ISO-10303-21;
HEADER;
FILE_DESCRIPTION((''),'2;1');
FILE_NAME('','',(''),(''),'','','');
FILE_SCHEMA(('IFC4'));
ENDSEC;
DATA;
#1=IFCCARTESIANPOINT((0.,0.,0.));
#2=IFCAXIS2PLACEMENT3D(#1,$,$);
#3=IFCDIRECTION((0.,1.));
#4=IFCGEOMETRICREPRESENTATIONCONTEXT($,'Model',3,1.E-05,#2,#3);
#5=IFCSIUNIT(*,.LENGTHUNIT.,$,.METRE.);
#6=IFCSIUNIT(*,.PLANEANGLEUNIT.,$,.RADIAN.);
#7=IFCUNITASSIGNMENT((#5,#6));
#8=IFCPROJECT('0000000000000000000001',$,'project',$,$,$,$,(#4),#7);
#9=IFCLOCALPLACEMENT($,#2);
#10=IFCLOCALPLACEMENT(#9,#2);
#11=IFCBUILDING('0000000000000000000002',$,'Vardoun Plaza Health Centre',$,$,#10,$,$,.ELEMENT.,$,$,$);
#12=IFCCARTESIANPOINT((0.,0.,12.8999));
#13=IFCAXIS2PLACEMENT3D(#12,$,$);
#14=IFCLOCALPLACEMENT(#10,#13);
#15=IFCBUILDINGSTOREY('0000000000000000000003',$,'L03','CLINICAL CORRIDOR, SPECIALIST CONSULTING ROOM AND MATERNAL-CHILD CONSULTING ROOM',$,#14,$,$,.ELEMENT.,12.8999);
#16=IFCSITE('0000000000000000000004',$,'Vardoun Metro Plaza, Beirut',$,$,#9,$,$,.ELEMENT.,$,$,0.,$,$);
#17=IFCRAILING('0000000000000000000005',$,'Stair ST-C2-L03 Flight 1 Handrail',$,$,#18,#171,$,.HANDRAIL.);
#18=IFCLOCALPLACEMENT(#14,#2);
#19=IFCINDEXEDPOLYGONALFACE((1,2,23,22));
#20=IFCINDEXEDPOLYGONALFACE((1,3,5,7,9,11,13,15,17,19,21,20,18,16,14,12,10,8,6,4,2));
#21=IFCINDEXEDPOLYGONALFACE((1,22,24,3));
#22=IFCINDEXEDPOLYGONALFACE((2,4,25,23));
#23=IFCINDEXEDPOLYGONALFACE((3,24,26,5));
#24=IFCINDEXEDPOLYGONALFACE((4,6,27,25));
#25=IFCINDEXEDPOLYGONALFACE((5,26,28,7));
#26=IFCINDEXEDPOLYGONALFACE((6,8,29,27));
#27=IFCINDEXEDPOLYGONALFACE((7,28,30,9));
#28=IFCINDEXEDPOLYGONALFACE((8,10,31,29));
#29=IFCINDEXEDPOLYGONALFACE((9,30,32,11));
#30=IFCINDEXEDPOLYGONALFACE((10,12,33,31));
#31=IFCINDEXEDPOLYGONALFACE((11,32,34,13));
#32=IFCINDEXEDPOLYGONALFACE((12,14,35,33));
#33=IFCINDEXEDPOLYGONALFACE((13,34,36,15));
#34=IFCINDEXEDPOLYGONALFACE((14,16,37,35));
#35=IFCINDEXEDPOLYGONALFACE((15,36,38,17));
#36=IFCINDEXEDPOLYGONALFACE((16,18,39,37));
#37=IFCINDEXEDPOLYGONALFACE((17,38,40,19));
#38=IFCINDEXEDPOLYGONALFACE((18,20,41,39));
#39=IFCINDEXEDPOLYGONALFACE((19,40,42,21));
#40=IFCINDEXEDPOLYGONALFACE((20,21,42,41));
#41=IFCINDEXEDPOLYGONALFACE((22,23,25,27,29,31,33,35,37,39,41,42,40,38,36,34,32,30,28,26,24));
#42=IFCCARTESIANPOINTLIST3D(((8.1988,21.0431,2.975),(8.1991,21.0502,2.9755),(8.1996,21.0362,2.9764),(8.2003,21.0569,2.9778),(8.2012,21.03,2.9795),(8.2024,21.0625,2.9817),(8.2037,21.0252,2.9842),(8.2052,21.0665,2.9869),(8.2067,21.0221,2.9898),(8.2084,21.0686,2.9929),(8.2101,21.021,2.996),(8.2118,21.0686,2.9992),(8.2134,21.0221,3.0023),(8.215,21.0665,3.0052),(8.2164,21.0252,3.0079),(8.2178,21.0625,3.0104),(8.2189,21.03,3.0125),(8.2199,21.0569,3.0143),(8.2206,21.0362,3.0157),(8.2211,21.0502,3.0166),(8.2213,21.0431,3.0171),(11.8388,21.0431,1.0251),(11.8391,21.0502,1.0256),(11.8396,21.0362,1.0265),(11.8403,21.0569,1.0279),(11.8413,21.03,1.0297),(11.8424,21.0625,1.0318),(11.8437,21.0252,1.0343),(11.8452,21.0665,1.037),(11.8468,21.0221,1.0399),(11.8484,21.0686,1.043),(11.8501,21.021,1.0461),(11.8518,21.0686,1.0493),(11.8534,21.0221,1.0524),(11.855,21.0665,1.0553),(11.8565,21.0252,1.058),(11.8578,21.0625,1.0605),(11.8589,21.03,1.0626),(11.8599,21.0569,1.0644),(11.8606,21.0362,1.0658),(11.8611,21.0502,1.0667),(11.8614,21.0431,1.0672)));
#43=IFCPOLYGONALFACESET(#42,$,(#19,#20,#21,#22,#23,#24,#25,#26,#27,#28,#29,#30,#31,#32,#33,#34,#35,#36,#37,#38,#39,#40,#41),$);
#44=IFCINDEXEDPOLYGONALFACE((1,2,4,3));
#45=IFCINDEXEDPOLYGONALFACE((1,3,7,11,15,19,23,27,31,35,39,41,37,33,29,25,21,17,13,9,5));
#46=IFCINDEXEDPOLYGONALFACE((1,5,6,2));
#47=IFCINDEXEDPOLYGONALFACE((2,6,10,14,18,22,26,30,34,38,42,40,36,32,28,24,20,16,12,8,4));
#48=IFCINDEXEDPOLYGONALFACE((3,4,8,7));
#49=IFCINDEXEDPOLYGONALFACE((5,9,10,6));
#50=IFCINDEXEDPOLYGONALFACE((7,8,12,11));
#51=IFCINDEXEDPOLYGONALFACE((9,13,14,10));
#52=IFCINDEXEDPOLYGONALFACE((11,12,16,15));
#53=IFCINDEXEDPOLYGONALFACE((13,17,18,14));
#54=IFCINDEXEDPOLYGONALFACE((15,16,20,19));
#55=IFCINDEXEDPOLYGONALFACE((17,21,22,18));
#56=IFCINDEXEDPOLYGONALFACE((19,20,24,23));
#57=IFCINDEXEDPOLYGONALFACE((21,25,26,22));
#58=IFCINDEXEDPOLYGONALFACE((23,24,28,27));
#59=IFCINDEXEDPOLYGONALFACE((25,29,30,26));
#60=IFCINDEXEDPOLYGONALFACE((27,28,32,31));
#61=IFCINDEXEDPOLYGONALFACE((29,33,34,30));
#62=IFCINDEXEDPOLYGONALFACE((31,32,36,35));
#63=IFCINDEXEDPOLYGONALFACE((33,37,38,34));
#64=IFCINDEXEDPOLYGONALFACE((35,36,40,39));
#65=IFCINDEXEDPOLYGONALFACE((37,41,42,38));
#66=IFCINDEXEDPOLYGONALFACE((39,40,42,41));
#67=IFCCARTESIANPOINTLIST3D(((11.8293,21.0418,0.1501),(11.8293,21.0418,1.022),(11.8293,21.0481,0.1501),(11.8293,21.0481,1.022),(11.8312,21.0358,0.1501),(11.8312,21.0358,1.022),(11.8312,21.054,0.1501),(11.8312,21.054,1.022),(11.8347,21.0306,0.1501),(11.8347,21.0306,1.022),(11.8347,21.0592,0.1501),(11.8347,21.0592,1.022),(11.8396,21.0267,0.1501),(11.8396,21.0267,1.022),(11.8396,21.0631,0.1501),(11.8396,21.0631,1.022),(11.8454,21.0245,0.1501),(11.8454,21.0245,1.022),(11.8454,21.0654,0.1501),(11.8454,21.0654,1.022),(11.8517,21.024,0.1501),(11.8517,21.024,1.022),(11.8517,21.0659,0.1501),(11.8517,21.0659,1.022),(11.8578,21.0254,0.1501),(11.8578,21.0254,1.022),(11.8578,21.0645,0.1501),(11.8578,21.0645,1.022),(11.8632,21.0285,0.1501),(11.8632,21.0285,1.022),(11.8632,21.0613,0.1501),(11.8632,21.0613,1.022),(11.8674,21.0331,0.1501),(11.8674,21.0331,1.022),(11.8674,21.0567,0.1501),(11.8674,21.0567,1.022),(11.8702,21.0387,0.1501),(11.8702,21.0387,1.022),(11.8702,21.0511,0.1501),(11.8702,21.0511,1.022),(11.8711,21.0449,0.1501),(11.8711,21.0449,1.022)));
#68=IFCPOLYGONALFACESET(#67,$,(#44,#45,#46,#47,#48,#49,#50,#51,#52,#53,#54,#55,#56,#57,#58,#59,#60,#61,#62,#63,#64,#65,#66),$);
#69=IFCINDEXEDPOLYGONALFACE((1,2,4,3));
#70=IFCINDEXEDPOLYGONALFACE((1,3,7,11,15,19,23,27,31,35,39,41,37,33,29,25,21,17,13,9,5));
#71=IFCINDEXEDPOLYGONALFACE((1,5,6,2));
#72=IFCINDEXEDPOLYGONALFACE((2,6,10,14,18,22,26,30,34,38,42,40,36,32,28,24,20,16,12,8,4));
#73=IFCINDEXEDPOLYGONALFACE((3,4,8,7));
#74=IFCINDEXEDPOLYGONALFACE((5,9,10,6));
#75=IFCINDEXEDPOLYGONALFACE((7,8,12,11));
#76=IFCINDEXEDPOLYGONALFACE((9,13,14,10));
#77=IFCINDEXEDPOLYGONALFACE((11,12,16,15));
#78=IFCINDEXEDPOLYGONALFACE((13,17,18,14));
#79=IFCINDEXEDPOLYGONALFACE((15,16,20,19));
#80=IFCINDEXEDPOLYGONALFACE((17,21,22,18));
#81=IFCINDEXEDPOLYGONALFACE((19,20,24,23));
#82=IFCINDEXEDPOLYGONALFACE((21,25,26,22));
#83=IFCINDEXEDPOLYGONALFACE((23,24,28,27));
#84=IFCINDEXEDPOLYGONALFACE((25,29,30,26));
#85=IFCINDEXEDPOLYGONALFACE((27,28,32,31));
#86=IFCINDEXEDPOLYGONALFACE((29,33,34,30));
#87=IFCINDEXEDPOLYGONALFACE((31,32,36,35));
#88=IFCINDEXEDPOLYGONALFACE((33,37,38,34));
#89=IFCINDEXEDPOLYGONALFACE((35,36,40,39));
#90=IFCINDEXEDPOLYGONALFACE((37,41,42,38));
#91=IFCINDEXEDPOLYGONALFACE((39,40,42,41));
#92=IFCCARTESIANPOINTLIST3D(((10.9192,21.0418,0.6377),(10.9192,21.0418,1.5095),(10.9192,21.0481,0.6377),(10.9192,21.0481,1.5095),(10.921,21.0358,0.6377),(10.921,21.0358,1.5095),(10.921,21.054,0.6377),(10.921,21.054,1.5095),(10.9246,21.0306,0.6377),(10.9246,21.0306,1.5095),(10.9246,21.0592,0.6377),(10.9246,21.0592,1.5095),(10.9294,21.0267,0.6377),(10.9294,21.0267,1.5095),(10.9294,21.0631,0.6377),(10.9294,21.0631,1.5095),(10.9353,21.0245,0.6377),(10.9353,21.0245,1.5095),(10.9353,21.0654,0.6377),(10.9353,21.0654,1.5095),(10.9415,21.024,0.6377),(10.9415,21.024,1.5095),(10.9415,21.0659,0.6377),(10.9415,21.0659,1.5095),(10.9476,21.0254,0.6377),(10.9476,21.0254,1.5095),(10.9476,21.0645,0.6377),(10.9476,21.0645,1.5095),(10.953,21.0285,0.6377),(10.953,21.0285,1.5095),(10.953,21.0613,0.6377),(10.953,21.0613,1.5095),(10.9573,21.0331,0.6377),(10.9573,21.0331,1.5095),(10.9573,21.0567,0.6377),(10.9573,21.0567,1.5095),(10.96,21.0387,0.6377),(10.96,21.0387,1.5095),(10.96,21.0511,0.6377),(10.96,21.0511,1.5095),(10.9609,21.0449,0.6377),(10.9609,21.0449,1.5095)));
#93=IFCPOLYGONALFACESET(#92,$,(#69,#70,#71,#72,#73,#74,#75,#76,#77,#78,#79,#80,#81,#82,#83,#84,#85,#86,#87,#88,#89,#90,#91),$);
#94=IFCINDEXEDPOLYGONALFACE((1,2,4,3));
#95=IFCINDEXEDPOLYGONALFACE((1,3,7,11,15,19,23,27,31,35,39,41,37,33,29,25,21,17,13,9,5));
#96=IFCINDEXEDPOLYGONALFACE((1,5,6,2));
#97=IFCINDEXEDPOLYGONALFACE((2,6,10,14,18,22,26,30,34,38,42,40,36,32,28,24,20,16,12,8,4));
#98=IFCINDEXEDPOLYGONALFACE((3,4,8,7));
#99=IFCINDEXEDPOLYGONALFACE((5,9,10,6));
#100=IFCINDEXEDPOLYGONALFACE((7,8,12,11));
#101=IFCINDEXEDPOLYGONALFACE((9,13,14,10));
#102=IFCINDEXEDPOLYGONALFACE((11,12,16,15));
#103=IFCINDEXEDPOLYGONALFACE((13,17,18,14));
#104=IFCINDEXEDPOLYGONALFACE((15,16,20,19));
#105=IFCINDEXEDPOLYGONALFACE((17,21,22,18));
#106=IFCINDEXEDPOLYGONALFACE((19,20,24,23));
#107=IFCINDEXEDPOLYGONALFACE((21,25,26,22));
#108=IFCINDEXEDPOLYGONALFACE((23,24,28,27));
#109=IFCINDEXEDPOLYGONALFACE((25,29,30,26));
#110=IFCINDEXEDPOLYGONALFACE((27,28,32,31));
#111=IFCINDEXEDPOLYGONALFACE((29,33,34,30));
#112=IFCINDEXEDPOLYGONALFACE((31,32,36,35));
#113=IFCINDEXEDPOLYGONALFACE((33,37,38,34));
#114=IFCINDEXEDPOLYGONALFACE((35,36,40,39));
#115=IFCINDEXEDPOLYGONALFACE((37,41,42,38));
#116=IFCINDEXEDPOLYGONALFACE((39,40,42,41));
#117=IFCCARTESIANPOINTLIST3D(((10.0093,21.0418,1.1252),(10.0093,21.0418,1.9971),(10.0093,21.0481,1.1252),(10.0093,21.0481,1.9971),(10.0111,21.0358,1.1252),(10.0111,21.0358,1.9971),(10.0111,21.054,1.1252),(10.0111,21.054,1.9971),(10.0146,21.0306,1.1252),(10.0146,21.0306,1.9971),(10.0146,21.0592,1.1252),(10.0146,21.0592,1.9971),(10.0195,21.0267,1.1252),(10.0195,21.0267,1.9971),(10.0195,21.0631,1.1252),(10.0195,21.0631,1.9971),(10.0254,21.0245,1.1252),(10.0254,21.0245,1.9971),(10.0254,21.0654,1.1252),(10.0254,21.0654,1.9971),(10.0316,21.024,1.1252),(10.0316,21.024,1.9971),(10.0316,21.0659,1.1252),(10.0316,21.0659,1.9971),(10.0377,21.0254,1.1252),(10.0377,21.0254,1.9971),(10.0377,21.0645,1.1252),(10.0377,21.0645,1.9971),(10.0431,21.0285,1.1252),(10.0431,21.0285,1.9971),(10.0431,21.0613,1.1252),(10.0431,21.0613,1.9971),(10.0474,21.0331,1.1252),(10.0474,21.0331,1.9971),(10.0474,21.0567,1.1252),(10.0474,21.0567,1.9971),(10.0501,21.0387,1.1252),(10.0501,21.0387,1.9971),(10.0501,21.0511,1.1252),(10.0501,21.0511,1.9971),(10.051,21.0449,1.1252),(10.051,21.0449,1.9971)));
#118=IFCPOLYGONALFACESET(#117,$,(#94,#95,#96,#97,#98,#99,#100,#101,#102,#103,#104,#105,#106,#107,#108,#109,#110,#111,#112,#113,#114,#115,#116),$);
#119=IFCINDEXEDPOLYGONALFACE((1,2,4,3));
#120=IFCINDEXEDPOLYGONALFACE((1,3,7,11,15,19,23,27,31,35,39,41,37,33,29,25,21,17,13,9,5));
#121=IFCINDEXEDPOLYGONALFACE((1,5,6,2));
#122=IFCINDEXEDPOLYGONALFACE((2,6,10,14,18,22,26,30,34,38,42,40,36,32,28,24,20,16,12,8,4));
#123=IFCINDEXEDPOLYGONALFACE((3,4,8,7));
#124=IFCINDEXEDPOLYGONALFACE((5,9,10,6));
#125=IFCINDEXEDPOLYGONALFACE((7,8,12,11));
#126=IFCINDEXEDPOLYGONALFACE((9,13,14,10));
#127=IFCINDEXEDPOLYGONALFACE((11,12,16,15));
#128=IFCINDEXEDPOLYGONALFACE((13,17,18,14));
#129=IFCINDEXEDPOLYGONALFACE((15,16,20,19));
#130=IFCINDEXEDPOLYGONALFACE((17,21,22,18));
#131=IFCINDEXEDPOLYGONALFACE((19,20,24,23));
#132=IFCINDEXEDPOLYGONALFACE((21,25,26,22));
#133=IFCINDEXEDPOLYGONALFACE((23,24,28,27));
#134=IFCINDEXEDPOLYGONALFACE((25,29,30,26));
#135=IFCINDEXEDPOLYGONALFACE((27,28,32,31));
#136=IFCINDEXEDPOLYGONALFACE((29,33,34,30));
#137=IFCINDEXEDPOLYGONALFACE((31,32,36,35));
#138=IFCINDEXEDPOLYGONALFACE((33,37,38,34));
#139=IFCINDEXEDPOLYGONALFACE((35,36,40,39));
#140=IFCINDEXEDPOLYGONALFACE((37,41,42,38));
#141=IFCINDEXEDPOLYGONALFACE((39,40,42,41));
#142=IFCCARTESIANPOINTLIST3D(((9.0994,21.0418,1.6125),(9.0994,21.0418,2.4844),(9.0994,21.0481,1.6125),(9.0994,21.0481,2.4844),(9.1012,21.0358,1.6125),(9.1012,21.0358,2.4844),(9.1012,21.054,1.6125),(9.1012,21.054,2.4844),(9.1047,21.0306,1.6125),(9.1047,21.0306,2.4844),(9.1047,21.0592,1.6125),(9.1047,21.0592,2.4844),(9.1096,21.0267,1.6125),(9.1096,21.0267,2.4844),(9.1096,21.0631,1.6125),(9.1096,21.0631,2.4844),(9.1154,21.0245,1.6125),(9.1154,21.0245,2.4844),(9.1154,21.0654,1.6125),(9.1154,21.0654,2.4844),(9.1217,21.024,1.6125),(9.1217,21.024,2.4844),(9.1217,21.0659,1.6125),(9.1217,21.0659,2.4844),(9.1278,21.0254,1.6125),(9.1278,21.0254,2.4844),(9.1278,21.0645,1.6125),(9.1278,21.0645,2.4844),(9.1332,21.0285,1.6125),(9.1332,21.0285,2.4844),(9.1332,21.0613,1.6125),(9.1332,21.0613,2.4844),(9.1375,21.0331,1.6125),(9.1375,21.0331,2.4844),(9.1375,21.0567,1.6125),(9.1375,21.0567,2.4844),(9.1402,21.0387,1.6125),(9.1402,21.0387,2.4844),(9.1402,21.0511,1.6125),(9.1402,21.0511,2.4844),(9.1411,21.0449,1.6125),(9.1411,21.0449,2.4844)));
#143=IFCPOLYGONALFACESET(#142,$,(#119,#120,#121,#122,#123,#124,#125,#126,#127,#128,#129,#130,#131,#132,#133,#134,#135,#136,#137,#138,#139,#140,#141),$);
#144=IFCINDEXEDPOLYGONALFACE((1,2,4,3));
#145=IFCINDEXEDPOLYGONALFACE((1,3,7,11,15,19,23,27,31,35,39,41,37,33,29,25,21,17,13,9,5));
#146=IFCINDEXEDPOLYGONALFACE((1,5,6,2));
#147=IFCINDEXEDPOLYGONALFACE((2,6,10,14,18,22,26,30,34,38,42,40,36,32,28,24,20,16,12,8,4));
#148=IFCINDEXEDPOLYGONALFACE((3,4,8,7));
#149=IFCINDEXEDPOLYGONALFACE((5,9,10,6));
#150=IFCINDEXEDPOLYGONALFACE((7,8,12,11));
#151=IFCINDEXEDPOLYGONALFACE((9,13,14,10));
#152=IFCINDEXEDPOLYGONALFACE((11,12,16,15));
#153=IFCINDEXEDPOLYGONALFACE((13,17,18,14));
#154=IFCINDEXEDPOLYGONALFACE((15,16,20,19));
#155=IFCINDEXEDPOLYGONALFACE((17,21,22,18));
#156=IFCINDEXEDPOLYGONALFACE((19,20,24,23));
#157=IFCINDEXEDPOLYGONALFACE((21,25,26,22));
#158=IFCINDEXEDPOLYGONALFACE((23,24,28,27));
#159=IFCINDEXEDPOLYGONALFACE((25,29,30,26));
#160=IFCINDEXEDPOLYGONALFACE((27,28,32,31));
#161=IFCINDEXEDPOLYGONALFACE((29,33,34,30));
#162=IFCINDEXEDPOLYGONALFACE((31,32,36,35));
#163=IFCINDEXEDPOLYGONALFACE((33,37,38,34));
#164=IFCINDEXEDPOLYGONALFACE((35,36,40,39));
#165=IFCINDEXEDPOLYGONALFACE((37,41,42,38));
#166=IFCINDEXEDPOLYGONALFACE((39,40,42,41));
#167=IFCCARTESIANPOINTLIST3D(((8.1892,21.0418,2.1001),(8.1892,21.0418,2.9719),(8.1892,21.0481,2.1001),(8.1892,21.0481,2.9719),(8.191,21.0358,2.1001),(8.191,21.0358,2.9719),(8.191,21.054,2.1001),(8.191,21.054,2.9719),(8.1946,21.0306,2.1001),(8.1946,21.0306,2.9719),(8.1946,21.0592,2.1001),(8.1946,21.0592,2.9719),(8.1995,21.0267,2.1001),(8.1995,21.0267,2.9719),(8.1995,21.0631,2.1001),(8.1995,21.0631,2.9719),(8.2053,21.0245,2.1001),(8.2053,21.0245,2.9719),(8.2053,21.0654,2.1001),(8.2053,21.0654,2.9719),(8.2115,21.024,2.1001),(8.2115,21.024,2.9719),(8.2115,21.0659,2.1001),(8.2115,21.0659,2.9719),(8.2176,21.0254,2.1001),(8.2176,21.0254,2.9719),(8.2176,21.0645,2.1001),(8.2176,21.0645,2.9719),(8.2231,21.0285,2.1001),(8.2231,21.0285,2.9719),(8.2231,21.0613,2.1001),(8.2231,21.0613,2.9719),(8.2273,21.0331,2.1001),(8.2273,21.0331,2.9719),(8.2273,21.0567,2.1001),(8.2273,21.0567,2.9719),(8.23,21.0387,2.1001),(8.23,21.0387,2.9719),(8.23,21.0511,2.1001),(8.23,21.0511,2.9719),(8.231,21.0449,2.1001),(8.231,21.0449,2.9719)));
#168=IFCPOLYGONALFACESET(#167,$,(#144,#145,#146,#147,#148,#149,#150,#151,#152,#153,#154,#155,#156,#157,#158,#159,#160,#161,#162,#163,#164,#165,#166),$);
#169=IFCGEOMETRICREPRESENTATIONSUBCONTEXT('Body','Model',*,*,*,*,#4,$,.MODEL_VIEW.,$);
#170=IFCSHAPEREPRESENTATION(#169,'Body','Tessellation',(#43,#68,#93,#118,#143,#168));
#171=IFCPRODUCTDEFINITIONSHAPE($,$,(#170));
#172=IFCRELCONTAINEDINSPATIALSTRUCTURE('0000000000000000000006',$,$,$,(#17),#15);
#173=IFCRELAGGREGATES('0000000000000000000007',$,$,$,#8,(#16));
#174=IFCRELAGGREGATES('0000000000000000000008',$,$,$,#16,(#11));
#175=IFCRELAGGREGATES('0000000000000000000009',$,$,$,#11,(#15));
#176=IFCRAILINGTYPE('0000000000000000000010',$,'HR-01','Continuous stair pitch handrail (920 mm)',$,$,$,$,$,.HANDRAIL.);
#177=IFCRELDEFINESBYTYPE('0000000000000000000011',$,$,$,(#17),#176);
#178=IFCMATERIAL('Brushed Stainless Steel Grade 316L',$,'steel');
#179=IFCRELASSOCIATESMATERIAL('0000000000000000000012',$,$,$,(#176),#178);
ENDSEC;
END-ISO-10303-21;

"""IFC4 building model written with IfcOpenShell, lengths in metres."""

from ifc_helpers import new_model, si_unit, direction, frame, origin, origin_2d, place, context, subcontext, project, spatial, circle, extrude, material, type_object, element, save


model = new_model("IFC4")

# Units and contexts
model_context = context("Model", 3, precision=1e-05, world=origin(), true_north=direction((0.0, 1.0)))
body_context = subcontext(model_context, "Body", "Model", "MODEL_VIEW")
ifc_project = project(units=[si_unit("LENGTHUNIT", "METRE"), si_unit("PLANEANGLEUNIT", "RADIAN")], contexts=[model_context])

# Site, building, storey
site_placement = place(None, origin())
site = spatial("IfcSite", under=ifc_project, at=site_placement, Name="Vardoun Metro Plaza, Beirut", CompositionType="ELEMENT", RefElevation=0.0)
building_placement = place(site_placement, origin())
building = spatial("IfcBuilding", under=site, at=building_placement, Name="Vardoun Plaza Health Centre", CompositionType="ELEMENT")
storey_placement = place(building_placement, frame((0.0, 0.0, 12.8999)))
storey = spatial("IfcBuildingStorey", under=building, at=storey_placement, Name="L03", Description="CLINICAL CORRIDOR, SPECIALIST CONSULTING ROOM AND MATERNAL-CHILD CONSULTING ROOM", CompositionType="ELEMENT", Elevation=12.8999)

# Railing
ifc_material_1 = material(Name="Brushed Stainless Steel Grade 316L", Category="steel")
railing_type_1 = type_object("IfcRailingType", Name="HR-01", Description="Continuous stair pitch handrail (920 mm)", PredefinedType="HANDRAIL", material=ifc_material_1)
railing_1_placement = place(storey_placement, frame((11.8501, 21.0449, 0.1501)))
element("IfcRailing", 1, at=railing_1_placement, inside=storey, type_object=railing_type_1, Name="Stair ST-C2-L03 Flight 1 Handrail", PredefinedType="HANDRAIL", context=body_context, shape_type="SweptSolid", body=[
    extrude(circle(Radius=0.0239, at=origin_2d()), frame((0.0, 0.0, 0.896), z_axis=(-0.881492, 0.0, 0.472198), x_axis=(0.0, -1.0, 0.0)), (0.0, 0.0, 1.0), 4.1294),
    extrude(circle(Radius=0.021, at=origin_2d()), origin(), (0.0, 0.0, 1.0), 0.8718),
    extrude(circle(Radius=0.021, at=origin_2d()), frame((-0.9102, 0.0, 0.4875)), (0.0, 0.0, 1.0), 0.8718),
    extrude(circle(Radius=0.021, at=origin_2d()), frame((-1.8201, 0.0, 0.9751)), (0.0, 0.0, 1.0), 0.8718),
    extrude(circle(Radius=0.021, at=origin_2d()), frame((-2.73, 0.0, 1.4624)), (0.0, 0.0, 1.0), 0.8718),
    extrude(circle(Radius=0.021, at=origin_2d()), frame((-3.6401, 0.0, 1.95)), (0.0, 0.0, 1.0), 0.8718),
])

save(model, "model.ifc")
